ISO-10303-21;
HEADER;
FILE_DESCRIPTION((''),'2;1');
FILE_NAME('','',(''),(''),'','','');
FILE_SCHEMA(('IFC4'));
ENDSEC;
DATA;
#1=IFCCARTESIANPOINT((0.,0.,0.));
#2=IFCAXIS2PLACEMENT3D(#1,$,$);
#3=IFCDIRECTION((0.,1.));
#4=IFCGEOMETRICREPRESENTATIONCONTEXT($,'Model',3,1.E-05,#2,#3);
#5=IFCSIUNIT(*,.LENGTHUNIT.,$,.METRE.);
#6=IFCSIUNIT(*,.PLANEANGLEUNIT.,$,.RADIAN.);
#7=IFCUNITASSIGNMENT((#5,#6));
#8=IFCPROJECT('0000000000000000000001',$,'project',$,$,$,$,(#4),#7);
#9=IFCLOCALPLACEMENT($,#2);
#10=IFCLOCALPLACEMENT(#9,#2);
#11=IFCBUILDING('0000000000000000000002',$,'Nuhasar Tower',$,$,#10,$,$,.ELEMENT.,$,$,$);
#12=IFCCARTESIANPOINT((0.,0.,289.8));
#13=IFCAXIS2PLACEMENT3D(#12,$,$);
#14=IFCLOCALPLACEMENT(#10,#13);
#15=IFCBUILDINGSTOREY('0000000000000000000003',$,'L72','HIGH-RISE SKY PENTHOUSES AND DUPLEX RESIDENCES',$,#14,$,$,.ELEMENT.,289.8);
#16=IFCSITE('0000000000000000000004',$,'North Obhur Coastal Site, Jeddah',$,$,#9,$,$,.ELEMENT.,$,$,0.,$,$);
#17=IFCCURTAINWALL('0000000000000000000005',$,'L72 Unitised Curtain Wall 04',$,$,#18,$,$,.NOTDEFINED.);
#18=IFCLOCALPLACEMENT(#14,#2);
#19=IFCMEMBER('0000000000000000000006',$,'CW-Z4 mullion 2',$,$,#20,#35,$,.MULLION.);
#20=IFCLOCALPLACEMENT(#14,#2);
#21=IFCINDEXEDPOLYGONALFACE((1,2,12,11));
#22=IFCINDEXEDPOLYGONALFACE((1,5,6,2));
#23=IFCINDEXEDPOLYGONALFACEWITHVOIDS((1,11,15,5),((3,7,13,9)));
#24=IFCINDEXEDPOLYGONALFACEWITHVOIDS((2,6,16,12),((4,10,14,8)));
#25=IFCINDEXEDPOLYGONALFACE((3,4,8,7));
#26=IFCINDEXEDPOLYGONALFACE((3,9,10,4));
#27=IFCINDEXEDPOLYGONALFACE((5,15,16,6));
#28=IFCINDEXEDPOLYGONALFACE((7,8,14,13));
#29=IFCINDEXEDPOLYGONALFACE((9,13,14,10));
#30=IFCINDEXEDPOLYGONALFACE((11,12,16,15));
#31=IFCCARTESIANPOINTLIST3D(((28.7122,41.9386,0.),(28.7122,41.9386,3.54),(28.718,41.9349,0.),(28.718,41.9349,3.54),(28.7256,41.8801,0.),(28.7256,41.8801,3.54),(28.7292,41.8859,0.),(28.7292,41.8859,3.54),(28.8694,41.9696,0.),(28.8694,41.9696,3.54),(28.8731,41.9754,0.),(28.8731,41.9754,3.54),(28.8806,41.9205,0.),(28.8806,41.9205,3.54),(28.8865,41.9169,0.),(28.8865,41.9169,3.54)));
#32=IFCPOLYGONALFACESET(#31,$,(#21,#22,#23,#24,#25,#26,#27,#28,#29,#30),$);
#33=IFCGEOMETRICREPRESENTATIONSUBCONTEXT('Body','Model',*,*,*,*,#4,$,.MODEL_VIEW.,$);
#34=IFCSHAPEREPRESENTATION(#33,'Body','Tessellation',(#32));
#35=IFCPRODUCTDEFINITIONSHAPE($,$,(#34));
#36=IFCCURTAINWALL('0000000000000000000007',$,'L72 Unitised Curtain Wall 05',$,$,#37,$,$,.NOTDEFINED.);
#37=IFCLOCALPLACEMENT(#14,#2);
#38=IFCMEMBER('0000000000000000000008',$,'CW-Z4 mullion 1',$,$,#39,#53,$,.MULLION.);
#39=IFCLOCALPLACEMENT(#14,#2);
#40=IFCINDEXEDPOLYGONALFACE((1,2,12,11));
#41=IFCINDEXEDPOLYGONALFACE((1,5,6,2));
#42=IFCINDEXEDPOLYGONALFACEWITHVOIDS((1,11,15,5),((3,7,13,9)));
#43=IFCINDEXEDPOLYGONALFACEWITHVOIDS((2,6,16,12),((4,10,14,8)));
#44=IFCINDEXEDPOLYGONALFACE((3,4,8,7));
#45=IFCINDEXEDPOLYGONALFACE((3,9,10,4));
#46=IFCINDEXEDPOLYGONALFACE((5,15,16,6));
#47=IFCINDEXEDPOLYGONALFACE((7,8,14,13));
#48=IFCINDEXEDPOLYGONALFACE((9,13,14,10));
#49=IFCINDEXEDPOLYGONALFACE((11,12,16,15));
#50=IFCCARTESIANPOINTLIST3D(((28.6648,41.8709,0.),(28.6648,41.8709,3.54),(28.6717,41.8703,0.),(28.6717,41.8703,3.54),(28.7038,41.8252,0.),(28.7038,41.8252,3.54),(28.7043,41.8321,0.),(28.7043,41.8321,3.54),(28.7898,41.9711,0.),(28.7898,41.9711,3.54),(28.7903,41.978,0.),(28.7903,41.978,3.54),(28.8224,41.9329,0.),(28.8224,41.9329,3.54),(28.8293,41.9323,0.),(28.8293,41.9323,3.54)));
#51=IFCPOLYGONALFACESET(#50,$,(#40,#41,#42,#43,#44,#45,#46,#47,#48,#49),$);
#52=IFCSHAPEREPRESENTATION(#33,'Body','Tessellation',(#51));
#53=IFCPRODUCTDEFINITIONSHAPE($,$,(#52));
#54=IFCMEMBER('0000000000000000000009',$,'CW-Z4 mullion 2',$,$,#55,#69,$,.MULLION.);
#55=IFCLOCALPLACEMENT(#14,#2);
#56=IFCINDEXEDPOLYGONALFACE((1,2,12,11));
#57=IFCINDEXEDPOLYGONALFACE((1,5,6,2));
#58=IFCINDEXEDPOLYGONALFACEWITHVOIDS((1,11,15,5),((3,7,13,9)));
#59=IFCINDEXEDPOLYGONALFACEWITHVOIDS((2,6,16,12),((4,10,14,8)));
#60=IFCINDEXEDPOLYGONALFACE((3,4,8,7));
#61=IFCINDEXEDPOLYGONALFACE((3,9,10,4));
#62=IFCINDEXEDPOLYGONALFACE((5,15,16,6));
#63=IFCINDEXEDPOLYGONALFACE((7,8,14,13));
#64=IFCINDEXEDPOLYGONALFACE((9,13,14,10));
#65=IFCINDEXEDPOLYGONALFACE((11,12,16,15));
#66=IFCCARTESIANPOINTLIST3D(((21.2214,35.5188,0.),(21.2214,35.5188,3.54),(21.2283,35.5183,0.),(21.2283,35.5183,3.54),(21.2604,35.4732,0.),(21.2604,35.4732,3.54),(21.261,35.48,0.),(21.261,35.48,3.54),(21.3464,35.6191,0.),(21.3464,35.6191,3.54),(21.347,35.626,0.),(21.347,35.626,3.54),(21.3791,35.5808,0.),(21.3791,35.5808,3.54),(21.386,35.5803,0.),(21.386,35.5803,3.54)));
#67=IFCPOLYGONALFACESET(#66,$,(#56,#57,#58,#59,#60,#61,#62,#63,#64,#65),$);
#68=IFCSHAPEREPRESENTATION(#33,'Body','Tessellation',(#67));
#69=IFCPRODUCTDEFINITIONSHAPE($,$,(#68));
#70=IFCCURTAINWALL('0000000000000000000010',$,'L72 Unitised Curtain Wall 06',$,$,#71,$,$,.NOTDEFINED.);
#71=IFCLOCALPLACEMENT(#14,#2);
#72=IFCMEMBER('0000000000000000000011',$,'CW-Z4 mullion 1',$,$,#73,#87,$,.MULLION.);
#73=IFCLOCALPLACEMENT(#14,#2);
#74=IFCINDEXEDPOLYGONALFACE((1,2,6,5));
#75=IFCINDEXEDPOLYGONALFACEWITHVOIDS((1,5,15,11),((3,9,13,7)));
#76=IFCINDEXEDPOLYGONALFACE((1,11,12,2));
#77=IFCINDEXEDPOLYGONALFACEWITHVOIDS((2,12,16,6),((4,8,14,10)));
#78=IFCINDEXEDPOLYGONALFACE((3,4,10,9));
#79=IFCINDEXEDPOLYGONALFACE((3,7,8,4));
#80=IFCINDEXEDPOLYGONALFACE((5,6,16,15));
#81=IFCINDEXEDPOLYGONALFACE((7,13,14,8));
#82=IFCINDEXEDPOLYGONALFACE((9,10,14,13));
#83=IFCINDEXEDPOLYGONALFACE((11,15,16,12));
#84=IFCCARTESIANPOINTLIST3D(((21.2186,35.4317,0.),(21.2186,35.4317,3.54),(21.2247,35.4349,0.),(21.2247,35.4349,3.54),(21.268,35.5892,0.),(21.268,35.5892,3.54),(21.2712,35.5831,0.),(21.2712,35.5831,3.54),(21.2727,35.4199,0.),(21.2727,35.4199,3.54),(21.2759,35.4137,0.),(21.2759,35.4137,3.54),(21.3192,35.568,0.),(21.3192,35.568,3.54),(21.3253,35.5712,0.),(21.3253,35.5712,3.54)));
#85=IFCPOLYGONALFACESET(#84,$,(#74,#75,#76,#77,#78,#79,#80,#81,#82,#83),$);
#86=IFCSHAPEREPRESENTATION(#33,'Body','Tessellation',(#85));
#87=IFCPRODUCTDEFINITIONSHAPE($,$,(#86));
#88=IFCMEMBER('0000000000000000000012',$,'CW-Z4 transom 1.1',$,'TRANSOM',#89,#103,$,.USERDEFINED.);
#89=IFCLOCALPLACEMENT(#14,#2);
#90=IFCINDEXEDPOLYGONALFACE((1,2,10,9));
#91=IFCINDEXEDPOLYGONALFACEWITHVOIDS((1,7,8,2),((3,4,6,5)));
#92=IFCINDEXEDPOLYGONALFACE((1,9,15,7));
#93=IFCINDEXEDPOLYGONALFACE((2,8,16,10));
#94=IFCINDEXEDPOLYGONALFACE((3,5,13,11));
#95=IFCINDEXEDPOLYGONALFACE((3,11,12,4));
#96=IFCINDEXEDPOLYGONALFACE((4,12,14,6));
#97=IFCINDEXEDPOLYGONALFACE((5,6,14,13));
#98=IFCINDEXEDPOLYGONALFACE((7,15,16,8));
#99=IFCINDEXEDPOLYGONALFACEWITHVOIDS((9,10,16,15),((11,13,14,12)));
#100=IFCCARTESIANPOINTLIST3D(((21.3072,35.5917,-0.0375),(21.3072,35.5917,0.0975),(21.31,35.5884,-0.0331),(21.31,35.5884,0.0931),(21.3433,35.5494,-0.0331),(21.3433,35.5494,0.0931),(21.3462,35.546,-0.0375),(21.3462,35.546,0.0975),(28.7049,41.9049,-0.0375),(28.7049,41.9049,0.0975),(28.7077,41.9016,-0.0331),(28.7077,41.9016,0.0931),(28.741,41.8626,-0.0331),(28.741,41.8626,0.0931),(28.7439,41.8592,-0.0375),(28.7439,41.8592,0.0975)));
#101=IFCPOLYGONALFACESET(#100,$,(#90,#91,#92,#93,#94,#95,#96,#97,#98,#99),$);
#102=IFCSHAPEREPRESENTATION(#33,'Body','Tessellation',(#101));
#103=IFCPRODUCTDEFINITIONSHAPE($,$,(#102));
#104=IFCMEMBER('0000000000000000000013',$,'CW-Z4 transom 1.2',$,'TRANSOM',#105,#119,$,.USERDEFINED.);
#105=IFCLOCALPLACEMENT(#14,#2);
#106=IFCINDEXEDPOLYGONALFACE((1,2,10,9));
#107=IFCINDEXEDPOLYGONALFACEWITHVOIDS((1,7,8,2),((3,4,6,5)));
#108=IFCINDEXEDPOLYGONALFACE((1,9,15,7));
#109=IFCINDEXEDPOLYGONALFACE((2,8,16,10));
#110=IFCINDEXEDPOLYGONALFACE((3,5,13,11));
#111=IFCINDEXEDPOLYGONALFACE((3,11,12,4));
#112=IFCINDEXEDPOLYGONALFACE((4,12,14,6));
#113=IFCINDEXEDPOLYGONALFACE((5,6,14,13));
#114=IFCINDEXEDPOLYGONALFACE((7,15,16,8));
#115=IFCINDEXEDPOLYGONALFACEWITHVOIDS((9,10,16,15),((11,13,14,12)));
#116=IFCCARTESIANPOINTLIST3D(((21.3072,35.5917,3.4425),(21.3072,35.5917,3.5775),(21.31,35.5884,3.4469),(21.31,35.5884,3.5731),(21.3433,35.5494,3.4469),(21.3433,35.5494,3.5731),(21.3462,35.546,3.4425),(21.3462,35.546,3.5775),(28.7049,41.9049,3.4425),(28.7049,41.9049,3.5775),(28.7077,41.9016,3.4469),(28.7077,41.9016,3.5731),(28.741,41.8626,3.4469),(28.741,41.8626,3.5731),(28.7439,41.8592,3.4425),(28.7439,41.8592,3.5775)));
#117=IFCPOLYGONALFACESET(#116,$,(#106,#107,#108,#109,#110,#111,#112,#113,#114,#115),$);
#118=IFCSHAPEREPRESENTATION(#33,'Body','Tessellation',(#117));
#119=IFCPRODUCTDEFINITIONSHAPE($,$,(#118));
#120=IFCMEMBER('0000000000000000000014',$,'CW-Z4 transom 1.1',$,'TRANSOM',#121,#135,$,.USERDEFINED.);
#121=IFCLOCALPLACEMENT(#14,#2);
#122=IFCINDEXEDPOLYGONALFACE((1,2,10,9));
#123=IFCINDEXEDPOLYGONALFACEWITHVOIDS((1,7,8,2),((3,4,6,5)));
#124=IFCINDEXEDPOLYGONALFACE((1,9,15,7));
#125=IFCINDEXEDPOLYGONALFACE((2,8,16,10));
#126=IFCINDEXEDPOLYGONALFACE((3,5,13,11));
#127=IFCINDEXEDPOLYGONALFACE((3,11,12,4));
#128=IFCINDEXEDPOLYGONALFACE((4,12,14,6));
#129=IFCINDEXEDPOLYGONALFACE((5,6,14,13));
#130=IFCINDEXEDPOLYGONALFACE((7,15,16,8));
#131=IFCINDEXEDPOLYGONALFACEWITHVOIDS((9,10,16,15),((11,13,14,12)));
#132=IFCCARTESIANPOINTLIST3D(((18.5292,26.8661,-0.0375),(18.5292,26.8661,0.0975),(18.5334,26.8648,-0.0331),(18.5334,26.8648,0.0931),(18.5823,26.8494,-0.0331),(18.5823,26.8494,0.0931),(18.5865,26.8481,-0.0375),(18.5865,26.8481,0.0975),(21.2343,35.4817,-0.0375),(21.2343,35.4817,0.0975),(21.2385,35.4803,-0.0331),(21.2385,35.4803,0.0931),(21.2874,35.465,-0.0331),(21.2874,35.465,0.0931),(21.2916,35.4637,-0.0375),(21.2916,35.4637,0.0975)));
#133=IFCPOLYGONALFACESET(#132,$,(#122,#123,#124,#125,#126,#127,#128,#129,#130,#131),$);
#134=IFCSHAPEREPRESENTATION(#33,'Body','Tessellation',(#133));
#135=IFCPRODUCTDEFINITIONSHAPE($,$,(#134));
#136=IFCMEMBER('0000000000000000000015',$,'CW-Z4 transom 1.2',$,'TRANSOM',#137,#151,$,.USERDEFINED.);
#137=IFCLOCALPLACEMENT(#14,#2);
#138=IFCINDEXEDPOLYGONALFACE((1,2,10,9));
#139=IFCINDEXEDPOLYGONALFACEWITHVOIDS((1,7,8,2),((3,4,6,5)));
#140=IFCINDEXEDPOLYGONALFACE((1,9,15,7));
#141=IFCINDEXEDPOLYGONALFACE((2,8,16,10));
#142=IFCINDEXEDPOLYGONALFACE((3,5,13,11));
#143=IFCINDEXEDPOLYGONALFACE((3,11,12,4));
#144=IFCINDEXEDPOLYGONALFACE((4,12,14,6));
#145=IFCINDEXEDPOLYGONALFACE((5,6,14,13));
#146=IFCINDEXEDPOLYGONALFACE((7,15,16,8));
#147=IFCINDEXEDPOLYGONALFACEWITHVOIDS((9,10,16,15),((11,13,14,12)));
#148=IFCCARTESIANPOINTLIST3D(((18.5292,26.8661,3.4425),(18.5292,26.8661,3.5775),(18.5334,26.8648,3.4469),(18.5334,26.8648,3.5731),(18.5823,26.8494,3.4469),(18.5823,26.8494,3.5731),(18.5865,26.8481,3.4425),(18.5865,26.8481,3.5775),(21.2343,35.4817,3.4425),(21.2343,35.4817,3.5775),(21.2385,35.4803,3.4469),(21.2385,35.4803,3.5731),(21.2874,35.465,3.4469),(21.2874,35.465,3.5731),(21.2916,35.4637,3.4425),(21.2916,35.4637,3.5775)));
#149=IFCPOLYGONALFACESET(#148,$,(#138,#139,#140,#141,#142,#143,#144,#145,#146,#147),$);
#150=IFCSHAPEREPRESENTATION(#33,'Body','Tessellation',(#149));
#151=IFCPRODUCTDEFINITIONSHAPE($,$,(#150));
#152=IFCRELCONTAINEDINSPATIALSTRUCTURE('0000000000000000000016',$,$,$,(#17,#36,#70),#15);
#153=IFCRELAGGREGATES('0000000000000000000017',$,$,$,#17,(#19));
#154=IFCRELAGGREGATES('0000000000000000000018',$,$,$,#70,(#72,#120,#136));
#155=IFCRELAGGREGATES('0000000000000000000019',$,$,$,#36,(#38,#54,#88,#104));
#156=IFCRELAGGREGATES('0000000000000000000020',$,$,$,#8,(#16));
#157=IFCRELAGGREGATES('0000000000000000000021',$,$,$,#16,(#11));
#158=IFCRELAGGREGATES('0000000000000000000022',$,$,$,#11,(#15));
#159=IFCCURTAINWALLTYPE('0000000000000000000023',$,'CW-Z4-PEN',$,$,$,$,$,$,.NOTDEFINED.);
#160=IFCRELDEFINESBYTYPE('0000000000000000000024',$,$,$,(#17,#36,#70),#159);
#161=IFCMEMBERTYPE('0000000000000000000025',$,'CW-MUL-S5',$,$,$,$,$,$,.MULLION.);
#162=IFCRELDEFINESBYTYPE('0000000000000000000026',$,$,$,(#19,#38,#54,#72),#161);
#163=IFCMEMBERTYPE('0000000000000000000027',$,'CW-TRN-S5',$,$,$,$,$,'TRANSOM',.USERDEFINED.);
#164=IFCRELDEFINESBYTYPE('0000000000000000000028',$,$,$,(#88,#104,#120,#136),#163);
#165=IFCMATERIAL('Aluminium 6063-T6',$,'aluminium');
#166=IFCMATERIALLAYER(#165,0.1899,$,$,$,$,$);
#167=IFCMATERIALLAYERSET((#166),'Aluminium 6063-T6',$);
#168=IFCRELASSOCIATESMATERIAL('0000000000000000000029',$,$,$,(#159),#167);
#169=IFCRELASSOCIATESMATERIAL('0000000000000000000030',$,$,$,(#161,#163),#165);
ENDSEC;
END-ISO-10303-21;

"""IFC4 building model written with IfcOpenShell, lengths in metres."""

from ifc_helpers import new_model, si_unit, direction, frame, origin, origin_2d, place, context, subcontext, project, spatial, hollow_rectangle, extrude, material, layer, layer_set, material_profile, profile_set, type_object, element, aggregate, save


model = new_model("IFC4")

# Units and contexts
model_context = context("Model", 3, precision=1e-05, world=origin(), true_north=direction((0.0, 1.0)))
body_context = subcontext(model_context, "Body", "Model", "MODEL_VIEW")
ifc_project = project(units=[si_unit("LENGTHUNIT", "METRE"), si_unit("PLANEANGLEUNIT", "RADIAN")], contexts=[model_context])

# Site, building, storey
site_placement = place(None, origin())
site = spatial("IfcSite", under=ifc_project, at=site_placement, Name="North Obhur Coastal Site, Jeddah", CompositionType="ELEMENT", RefElevation=0.0)
building_placement = place(site_placement, origin())
building = spatial("IfcBuilding", under=site, at=building_placement, Name="Nuhasar Tower", CompositionType="ELEMENT")
storey_placement = place(building_placement, frame((0.0, 0.0, 289.8)))
storey = spatial("IfcBuildingStorey", under=building, at=storey_placement, Name="L72", Description="HIGH-RISE SKY PENTHOUSES AND DUPLEX RESIDENCES", CompositionType="ELEMENT", Elevation=289.8)

# Curtain wall, member
ifc_material_1 = material(Name="Aluminium 6063-T6", Category="aluminium")
ifc_layer_1 = layer(ifc_material_1, 0.1899)
ifc_layer_set_1 = layer_set([ifc_layer_1], Name="Aluminium 6063-T6")
curtain_wall_type = type_object("IfcCurtainWallType", Name="CW-Z4-PEN", PredefinedType="NOTDEFINED", material=ifc_layer_set_1)
curtain_wall_1_placement = place(storey_placement, origin())
curtain_wall_1 = element("IfcCurtainWall", 1, at=curtain_wall_1_placement, inside=storey, type_object=curtain_wall_type, Name="L72 Unitised Curtain Wall 04", PredefinedType="NOTDEFINED")
ifc_material_profile_1 = material_profile(ifc_material_1, hollow_rectangle(XDim=0.0601, YDim=0.165, WallThickness=0.0049, at=origin_2d()), Name="CWM-5")
ifc_profile_set_1 = profile_set([ifc_material_profile_1], Name="Aluminium 6063-T6")
member_type_1 = type_object("IfcMemberType", Name="CW-MUL-S5", PredefinedType="MULLION", material=ifc_profile_set_1)
member_1_placement = place(storey_placement, frame((28.7993, 41.9277, 0.0), z_axis=(0.0, 0.0, 1.0), x_axis=(0.222889, -0.974844, 0.0)))
member_1 = element("IfcMember", 2, at=member_1_placement, type_object=member_type_1, Name="CW-Z4 mullion 2", PredefinedType="MULLION", context=body_context, shape_type="SweptSolid", body=[
    extrude(hollow_rectangle(XDim=0.0601, YDim=0.165, WallThickness=0.0049, at=origin_2d()), origin(), (0.0, 0.0, 1.0), 3.54),
])
aggregate(curtain_wall_1, [member_1])

# Curtain wall, members
curtain_wall_2_placement = place(storey_placement, origin())
curtain_wall_2 = element("IfcCurtainWall", 3, at=curtain_wall_2_placement, inside=storey, type_object=curtain_wall_type, Name="L72 Unitised Curtain Wall 05", PredefinedType="NOTDEFINED")
member_2_placement = place(storey_placement, frame((28.7471, 41.9016, 0.0), z_axis=(0.0, 0.0, 1.0), x_axis=(0.649142, -0.760667, 0.0)))
member_2 = element("IfcMember", 4, at=member_2_placement, type_object=member_type_1, Name="CW-Z4 mullion 1", PredefinedType="MULLION", context=body_context, shape_type="SweptSolid", body=[
    extrude(hollow_rectangle(XDim=0.0601, YDim=0.165, WallThickness=0.0049, at=origin_2d()), origin(), (0.0, 0.0, 1.0), 3.54),
])
member_3_placement = place(storey_placement, frame((21.3037, 35.5496, 0.0), z_axis=(0.0, 0.0, 1.0), x_axis=(0.649142, -0.760667, 0.0)))
member_3 = element("IfcMember", 5, at=member_3_placement, type_object=member_type_1, Name="CW-Z4 mullion 2", PredefinedType="MULLION", context=body_context, shape_type="SweptSolid", body=[
    extrude(hollow_rectangle(XDim=0.0601, YDim=0.165, WallThickness=0.0049, at=origin_2d()), origin(), (0.0, 0.0, 1.0), 3.54),
])

# Curtain wall, member
curtain_wall_3_placement = place(storey_placement, origin())
curtain_wall_3 = element("IfcCurtainWall", 6, at=curtain_wall_3_placement, inside=storey, type_object=curtain_wall_type, Name="L72 Unitised Curtain Wall 06", PredefinedType="NOTDEFINED")
member_4_placement = place(storey_placement, frame((21.272, 35.5015, 0.0), z_axis=(0.0, 0.0, 1.0), x_axis=(0.954079, -0.299557, 0.0)))
member_4 = element("IfcMember", 7, at=member_4_placement, type_object=member_type_1, Name="CW-Z4 mullion 1", PredefinedType="MULLION", context=body_context, shape_type="SweptSolid", body=[
    extrude(hollow_rectangle(XDim=0.0601, YDim=0.165, WallThickness=0.0049, at=origin_2d()), origin(), (0.0, 0.0, 1.0), 3.54),
])

# Members
ifc_material_profile_2 = material_profile(ifc_material_1, hollow_rectangle(XDim=0.0601, YDim=0.135, WallThickness=0.0044, at=origin_2d()), Name="CWT-5")
ifc_profile_set_2 = profile_set([ifc_material_profile_2], Name="Aluminium 6063-T6")
member_type_2 = type_object("IfcMemberType", Name="CW-TRN-S5", ElementType="TRANSOM", PredefinedType="USERDEFINED", material=ifc_profile_set_2)
member_5_placement = place(storey_placement, frame((28.7244, 41.8821, 0.03), z_axis=(-0.76066, -0.64915, 0.0), x_axis=(0.64915, -0.76066, 0.0)))
member_5 = element("IfcMember", 8, at=member_5_placement, type_object=member_type_2, Name="CW-Z4 transom 1.1", ObjectType="TRANSOM", PredefinedType="USERDEFINED", context=body_context, shape_type="SweptSolid", body=[
    extrude(hollow_rectangle(XDim=0.0601, YDim=0.135, WallThickness=0.0044, at=origin_2d()), origin(), (0.0, 0.0, 1.0), 9.7253),
])
member_6_placement = place(storey_placement, frame((28.7244, 41.8821, 3.51), z_axis=(-0.76066, -0.64915, 0.0), x_axis=(0.64915, -0.76066, 0.0)))
member_6 = element("IfcMember", 9, at=member_6_placement, type_object=member_type_2, Name="CW-Z4 transom 1.2", ObjectType="TRANSOM", PredefinedType="USERDEFINED", context=body_context, shape_type="SweptSolid", body=[
    extrude(hollow_rectangle(XDim=0.0601, YDim=0.135, WallThickness=0.0044, at=origin_2d()), origin(), (0.0, 0.0, 1.0), 9.7253),
])
member_7_placement = place(storey_placement, frame((21.2629, 35.4727, 0.03), z_axis=(-0.29956, -0.954077, 0.0), x_axis=(0.954077, -0.29956, 0.0)))
member_7 = element("IfcMember", 10, at=member_7_placement, type_object=member_type_2, Name="CW-Z4 transom 1.1", ObjectType="TRANSOM", PredefinedType="USERDEFINED", context=body_context, shape_type="SweptSolid", body=[
    extrude(hollow_rectangle(XDim=0.0601, YDim=0.135, WallThickness=0.0044, at=origin_2d()), origin(), (0.0, 0.0, 1.0), 9.0303),
])
member_8_placement = place(storey_placement, frame((21.2629, 35.4727, 3.51), z_axis=(-0.29956, -0.954077, 0.0), x_axis=(0.954077, -0.29956, 0.0)))
member_8 = element("IfcMember", 11, at=member_8_placement, type_object=member_type_2, Name="CW-Z4 transom 1.2", ObjectType="TRANSOM", PredefinedType="USERDEFINED", context=body_context, shape_type="SweptSolid", body=[
    extrude(hollow_rectangle(XDim=0.0601, YDim=0.135, WallThickness=0.0044, at=origin_2d()), origin(), (0.0, 0.0, 1.0), 9.0303),
])
aggregate(curtain_wall_3, [member_4, member_7, member_8])

aggregate(curtain_wall_2, [member_2, member_3, member_5, member_6])

save(model, "model.ifc")
